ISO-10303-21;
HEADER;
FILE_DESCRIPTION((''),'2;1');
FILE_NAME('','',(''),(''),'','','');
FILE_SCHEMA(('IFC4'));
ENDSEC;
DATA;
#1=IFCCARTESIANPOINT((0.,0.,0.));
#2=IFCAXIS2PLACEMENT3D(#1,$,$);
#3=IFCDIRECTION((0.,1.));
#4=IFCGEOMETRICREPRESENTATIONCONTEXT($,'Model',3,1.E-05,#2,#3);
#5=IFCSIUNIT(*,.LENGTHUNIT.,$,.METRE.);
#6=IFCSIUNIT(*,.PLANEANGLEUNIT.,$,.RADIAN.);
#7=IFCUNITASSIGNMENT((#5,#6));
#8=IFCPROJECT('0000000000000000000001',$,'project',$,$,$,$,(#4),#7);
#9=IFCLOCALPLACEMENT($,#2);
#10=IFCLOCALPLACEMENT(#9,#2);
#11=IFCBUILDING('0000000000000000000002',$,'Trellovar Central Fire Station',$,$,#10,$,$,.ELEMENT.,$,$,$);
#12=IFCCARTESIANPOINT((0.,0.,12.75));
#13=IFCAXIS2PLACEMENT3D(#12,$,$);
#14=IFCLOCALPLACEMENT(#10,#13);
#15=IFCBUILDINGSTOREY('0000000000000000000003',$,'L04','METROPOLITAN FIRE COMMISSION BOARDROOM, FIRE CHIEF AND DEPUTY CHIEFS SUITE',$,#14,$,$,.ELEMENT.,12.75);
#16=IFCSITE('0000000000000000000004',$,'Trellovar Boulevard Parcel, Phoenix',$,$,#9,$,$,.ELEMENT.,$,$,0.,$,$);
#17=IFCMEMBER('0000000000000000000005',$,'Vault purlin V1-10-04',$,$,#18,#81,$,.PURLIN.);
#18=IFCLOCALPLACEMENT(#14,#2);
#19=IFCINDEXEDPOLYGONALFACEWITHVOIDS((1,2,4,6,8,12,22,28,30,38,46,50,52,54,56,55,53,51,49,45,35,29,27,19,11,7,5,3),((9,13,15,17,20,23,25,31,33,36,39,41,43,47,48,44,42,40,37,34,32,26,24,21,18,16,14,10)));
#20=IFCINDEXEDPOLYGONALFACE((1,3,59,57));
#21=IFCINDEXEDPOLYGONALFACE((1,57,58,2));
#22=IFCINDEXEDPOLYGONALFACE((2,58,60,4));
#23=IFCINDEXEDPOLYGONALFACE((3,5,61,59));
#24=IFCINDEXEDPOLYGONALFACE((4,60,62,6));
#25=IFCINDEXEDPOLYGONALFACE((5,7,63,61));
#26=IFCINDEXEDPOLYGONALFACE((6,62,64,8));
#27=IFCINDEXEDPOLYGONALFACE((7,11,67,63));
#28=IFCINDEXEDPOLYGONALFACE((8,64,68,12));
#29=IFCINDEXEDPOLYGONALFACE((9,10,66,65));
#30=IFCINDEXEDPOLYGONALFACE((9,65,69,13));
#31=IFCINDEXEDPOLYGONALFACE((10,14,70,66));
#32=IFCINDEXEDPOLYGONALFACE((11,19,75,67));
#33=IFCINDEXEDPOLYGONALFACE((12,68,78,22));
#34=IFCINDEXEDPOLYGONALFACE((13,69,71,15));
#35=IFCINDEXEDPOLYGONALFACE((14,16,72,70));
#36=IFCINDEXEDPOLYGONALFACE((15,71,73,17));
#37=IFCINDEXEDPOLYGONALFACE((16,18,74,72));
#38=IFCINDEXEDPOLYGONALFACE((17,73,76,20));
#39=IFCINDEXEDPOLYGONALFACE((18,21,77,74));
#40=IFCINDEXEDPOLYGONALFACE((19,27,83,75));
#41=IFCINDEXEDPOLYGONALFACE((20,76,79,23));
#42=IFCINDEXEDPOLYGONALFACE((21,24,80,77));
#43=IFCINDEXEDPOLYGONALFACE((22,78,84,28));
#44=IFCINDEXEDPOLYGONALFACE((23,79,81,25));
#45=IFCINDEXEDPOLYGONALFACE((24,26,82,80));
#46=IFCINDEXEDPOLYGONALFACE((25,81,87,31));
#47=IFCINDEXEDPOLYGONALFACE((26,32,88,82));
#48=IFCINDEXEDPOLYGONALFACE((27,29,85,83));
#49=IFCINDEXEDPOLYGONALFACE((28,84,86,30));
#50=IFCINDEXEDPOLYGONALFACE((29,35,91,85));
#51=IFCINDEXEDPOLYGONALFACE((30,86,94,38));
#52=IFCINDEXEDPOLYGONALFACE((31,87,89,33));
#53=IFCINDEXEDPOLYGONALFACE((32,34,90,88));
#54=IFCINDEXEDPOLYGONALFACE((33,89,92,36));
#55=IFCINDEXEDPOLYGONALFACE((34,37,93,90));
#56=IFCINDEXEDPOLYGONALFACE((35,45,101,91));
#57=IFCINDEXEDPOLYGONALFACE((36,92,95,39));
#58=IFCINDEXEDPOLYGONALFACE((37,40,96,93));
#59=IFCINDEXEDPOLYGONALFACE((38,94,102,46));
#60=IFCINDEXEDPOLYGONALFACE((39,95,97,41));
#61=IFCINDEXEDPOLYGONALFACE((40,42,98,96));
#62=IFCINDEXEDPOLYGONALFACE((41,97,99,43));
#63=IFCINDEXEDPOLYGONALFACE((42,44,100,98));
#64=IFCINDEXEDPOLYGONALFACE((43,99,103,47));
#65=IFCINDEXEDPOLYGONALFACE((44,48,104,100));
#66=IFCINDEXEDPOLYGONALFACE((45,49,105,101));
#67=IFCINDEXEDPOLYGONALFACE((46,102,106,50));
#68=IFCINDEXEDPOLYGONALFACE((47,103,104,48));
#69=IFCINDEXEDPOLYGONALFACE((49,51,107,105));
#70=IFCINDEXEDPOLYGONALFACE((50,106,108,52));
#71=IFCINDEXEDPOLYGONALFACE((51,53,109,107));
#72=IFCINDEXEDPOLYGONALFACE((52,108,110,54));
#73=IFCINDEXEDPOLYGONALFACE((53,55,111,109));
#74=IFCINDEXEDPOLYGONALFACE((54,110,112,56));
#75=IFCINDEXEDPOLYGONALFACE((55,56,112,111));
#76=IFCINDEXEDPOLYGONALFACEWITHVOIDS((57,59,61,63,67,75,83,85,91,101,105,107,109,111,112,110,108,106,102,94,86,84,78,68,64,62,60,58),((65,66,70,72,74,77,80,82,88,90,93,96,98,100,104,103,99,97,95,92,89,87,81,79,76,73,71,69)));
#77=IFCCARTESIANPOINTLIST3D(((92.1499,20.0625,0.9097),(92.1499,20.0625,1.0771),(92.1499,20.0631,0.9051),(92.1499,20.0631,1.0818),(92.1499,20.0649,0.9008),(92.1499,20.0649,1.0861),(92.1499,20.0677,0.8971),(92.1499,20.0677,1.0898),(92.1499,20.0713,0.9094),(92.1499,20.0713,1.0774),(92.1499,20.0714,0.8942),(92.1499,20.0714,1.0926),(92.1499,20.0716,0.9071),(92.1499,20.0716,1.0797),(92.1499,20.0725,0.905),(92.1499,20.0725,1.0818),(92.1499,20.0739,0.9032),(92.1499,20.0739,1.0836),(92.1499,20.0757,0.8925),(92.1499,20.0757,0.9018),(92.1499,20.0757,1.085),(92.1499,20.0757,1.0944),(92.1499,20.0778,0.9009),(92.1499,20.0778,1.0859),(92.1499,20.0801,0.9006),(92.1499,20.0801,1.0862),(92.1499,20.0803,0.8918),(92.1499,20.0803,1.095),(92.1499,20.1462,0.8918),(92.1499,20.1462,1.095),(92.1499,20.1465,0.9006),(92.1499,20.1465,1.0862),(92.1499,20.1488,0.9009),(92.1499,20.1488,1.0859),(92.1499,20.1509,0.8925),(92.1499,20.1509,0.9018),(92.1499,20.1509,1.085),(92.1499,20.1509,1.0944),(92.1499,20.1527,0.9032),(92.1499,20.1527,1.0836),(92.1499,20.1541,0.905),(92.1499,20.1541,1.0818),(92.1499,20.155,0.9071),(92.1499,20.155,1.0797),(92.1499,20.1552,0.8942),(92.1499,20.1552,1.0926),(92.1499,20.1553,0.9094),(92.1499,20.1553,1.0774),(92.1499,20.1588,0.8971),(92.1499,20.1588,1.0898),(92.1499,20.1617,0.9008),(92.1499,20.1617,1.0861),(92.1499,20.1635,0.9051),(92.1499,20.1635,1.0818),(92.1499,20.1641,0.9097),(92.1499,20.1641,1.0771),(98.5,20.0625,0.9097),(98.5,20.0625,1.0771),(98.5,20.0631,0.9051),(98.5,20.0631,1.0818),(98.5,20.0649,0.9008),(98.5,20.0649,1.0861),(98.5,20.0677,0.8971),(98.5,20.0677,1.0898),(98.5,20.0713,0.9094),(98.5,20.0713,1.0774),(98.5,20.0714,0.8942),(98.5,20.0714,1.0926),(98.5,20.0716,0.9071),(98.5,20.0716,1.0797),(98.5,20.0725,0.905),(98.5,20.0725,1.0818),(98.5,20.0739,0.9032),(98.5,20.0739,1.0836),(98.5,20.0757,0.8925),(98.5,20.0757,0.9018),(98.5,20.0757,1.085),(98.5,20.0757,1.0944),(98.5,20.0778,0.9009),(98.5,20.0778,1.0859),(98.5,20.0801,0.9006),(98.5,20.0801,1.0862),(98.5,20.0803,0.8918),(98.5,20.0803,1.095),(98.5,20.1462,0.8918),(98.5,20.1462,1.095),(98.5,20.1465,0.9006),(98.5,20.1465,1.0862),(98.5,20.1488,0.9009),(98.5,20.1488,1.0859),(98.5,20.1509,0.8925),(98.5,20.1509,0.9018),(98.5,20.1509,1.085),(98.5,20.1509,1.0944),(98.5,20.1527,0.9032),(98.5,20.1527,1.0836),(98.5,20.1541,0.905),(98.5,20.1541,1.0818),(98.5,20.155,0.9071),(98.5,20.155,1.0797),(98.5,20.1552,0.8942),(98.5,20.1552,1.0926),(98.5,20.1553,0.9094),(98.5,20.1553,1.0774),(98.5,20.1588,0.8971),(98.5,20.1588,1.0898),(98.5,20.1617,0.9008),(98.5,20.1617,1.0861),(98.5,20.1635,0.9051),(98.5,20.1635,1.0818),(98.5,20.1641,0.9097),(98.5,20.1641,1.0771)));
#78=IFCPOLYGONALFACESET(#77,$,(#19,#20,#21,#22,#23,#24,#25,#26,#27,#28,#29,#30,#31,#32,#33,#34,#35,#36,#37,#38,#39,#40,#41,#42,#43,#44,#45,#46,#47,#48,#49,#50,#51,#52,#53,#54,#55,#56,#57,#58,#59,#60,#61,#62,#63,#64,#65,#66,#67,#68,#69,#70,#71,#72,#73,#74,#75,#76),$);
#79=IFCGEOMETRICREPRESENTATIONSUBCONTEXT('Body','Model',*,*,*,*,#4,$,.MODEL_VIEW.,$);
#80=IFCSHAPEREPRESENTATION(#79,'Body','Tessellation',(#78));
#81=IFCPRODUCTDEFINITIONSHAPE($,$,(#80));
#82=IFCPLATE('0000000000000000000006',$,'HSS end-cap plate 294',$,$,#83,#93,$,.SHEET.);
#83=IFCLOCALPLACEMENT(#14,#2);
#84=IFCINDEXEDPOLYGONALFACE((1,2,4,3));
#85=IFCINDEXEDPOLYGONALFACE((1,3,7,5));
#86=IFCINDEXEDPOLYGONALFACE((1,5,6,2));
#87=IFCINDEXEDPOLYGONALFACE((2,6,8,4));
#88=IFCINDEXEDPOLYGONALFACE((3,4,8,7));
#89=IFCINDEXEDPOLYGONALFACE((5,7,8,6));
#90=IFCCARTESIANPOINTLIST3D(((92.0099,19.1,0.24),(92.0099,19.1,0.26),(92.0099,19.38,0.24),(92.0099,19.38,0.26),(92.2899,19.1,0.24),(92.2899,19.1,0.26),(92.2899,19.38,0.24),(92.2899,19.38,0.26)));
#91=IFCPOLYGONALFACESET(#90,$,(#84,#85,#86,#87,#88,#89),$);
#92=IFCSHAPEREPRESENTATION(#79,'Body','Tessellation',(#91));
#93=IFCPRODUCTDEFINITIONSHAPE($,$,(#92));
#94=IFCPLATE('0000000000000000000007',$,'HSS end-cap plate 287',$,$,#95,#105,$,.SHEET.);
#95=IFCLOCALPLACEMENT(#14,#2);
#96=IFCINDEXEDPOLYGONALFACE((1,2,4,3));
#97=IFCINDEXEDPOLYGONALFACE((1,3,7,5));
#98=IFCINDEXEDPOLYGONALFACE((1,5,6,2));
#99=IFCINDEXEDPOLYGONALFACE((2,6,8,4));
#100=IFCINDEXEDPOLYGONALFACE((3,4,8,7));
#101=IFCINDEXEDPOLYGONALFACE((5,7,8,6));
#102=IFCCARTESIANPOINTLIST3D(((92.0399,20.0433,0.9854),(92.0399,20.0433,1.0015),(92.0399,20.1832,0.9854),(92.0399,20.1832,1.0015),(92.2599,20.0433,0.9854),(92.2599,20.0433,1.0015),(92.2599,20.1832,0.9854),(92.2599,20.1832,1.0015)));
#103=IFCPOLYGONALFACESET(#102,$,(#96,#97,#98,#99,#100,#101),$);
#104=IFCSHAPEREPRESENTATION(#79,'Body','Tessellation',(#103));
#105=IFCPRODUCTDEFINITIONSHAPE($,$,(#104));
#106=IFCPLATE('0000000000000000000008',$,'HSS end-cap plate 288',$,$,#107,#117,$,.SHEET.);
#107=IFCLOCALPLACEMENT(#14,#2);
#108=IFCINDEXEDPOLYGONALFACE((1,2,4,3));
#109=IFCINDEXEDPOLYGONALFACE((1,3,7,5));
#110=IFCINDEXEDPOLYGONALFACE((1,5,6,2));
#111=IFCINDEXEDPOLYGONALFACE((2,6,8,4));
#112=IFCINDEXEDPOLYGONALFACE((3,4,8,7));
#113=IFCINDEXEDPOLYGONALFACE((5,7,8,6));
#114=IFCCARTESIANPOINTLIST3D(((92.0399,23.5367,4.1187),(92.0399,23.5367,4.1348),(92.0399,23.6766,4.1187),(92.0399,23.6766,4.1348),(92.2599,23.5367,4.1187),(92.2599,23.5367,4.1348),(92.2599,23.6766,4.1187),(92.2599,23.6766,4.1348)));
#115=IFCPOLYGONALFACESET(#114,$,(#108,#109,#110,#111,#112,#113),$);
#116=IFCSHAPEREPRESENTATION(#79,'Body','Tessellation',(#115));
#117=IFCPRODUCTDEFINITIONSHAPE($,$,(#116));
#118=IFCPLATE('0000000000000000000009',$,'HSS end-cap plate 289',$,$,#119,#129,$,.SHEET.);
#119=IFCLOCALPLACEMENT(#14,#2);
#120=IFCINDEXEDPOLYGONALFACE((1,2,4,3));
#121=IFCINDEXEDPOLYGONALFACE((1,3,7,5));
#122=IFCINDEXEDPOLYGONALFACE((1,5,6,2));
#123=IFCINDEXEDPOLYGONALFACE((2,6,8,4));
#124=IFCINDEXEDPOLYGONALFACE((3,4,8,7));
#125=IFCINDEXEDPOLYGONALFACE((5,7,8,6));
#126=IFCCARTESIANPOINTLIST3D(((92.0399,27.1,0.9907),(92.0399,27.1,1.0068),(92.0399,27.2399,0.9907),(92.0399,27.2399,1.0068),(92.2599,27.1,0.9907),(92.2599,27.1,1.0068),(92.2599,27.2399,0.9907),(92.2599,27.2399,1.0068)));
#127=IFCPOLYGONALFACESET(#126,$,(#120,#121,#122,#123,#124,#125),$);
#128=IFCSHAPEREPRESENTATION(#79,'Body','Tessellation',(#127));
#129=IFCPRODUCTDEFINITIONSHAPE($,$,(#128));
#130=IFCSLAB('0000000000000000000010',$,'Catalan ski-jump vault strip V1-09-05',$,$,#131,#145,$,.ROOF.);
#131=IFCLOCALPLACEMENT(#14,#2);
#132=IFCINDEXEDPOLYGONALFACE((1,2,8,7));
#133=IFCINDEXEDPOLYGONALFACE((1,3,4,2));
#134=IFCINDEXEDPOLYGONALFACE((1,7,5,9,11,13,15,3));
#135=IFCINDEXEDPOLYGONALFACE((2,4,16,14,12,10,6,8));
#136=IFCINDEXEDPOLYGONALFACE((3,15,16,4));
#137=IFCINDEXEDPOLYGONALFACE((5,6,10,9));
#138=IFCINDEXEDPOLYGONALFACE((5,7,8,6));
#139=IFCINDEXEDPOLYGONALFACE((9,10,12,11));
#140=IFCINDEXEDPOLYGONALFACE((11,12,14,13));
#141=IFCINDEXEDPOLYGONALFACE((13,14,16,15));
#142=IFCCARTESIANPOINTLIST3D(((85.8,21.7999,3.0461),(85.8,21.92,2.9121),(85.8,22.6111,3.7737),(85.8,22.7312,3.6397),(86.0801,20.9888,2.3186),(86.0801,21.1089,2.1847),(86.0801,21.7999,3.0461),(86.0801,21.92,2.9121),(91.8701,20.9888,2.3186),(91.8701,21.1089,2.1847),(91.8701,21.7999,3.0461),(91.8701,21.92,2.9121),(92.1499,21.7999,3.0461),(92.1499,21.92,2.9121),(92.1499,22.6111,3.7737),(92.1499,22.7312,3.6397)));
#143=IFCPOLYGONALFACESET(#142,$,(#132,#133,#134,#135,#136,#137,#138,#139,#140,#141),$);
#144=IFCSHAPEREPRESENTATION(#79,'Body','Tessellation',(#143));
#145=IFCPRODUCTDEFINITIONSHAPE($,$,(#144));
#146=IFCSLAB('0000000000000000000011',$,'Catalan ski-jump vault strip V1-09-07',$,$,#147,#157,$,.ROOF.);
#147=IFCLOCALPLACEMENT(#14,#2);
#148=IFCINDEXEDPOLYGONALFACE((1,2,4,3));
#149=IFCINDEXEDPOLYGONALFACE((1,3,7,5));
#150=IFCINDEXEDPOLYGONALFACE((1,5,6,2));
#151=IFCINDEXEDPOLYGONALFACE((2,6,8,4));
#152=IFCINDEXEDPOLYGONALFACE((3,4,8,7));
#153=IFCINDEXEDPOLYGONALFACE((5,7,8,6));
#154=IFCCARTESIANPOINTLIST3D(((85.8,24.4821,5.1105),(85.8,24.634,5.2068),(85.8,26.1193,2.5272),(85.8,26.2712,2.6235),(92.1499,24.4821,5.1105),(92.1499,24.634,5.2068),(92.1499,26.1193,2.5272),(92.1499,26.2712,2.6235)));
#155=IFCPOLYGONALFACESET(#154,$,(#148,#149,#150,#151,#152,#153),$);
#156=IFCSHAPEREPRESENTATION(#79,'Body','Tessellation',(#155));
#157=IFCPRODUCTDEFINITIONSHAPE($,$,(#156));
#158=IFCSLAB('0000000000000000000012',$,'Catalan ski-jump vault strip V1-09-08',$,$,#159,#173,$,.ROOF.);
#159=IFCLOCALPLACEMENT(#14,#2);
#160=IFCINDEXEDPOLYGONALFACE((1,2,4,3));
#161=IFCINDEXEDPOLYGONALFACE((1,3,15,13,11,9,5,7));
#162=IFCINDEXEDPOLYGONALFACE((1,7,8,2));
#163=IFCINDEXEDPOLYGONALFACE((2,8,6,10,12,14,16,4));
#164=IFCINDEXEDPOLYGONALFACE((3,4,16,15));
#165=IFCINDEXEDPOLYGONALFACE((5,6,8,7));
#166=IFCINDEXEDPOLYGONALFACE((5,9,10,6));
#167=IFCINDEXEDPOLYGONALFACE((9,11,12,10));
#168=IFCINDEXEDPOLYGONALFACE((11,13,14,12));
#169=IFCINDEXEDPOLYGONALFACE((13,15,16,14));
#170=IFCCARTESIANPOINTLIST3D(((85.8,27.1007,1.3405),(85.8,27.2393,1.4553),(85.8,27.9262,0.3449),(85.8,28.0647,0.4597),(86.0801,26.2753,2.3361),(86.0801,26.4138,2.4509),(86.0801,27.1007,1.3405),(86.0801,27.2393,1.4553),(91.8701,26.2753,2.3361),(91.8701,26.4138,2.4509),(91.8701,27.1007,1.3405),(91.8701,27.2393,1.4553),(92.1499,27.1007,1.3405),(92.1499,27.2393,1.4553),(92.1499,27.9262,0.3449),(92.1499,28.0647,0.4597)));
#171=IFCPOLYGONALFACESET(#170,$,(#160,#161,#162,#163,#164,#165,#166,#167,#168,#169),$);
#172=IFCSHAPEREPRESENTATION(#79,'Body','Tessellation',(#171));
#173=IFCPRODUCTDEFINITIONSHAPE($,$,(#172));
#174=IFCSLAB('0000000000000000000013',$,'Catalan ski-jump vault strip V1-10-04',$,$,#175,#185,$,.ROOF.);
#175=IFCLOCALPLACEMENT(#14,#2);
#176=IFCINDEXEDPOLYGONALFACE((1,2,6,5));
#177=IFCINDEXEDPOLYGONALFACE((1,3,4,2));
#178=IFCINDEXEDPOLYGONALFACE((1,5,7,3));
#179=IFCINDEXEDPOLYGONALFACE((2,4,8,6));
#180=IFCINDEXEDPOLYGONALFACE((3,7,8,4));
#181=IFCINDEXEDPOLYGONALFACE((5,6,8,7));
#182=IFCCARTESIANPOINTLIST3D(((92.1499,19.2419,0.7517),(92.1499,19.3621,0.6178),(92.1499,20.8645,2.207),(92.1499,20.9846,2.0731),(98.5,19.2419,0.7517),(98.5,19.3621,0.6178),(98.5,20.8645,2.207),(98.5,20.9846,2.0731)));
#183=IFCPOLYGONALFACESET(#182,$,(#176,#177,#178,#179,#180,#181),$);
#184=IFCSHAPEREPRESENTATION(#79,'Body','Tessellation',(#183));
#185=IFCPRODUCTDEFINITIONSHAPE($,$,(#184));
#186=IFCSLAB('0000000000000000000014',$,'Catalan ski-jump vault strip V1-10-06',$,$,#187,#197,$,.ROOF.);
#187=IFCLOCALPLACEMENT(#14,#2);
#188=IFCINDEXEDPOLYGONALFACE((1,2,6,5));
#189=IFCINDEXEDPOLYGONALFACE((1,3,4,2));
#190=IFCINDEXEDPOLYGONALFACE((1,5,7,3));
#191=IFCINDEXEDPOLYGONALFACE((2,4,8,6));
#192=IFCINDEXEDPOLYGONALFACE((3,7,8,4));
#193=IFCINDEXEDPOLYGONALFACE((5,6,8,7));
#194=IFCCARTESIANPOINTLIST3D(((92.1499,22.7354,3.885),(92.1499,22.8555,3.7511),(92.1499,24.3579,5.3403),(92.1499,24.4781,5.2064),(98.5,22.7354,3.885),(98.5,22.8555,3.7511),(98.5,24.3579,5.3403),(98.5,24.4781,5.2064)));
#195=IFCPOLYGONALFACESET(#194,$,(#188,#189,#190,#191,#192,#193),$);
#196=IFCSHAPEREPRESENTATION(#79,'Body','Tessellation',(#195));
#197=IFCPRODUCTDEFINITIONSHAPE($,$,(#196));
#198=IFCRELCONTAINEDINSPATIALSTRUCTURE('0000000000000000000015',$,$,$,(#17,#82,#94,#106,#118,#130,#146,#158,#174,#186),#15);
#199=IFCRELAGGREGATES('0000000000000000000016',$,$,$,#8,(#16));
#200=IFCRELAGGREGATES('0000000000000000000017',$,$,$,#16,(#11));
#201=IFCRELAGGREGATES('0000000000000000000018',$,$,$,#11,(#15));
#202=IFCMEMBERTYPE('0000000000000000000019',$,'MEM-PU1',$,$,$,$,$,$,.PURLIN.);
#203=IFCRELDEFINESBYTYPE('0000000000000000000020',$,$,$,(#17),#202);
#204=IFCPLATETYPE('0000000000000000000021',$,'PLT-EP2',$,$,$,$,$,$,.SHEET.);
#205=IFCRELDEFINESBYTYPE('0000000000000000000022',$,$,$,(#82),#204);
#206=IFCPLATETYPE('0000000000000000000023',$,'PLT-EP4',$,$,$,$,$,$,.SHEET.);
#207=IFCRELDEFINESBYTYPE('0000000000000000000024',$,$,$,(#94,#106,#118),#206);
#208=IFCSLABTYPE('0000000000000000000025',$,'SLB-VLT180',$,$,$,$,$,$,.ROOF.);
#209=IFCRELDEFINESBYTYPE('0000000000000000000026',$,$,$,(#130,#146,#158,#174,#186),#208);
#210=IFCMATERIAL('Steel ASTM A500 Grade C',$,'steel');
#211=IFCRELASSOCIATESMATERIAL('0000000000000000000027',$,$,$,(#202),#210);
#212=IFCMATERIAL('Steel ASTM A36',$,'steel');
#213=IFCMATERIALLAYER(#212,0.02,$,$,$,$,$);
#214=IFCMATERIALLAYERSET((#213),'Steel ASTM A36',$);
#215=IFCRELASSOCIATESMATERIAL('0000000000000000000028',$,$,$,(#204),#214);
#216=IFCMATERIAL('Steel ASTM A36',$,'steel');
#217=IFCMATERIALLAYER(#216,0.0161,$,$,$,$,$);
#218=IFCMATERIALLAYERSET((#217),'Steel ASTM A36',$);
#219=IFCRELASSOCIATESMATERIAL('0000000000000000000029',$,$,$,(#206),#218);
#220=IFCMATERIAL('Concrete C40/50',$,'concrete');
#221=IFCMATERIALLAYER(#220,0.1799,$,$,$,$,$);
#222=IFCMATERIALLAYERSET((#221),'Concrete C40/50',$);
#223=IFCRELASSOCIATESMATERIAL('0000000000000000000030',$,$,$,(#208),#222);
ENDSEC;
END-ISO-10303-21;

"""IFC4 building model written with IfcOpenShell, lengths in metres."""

from ifc_helpers import new_model, si_unit, direction, frame, origin, origin_2d, place, context, subcontext, project, spatial, polyline, rectangle, hollow_rectangle, outline, extrude, material, layer, layer_set, material_profile, profile_set, type_object, element, save


model = new_model("IFC4")

# Units and contexts
model_context = context("Model", 3, precision=1e-05, world=origin(), true_north=direction((0.0, 1.0)))
body_context = subcontext(model_context, "Body", "Model", "MODEL_VIEW")
ifc_project = project(units=[si_unit("LENGTHUNIT", "METRE"), si_unit("PLANEANGLEUNIT", "RADIAN")], contexts=[model_context])

# Site, building, storey
site_placement = place(None, origin())
site = spatial("IfcSite", under=ifc_project, at=site_placement, Name="Trellovar Boulevard Parcel, Phoenix", CompositionType="ELEMENT", RefElevation=0.0)
building_placement = place(site_placement, origin())
building = spatial("IfcBuilding", under=site, at=building_placement, Name="Trellovar Central Fire Station", CompositionType="ELEMENT")
storey_placement = place(building_placement, frame((0.0, 0.0, 12.75)))
storey = spatial("IfcBuildingStorey", under=building, at=storey_placement, Name="L04", Description="METROPOLITAN FIRE COMMISSION BOARDROOM, FIRE CHIEF AND DEPUTY CHIEFS SUITE", CompositionType="ELEMENT", Elevation=12.75)

# Member
ifc_material_1 = material(Name="Steel ASTM A500 Grade C", Category="steel")
ifc_material_profile_1 = material_profile(ifc_material_1, hollow_rectangle(XDim=0.1016, YDim=0.2031, WallThickness=0.0088, InnerFilletRadius=0.0088, OuterFilletRadius=0.0178, at=origin_2d()), Name="HSS8X4X3/8")
ifc_profile_set_1 = profile_set([ifc_material_profile_1], Name="Steel ASTM A500 Grade C")
member_type_1 = type_object("IfcMemberType", Name="MEM-PU1", PredefinedType="PURLIN", material=ifc_profile_set_1)
member_1_placement = place(storey_placement, frame((92.1499, 20.1133, 0.9934), z_axis=(1.0, 0.0, 0.0), x_axis=(0.0, 1.0, 0.0)))
element("IfcMember", 1, at=member_1_placement, inside=storey, type_object=member_type_1, Name="Vault purlin V1-10-04", PredefinedType="PURLIN", context=body_context, shape_type="SweptSolid", body=[
    extrude(hollow_rectangle(XDim=0.1016, YDim=0.2031, WallThickness=0.0088, InnerFilletRadius=0.0088, OuterFilletRadius=0.0178, at=origin_2d()), origin(), (0.0, 0.0, 1.0), 6.3501),
])

# Plates
ifc_material_2 = material(Name="Steel ASTM A36", Category="steel")
ifc_layer_1 = layer(ifc_material_2, 0.02)
ifc_layer_set_1 = layer_set([ifc_layer_1], Name="Steel ASTM A36")
plate_type_1 = type_object("IfcPlateType", Name="PLT-EP2", PredefinedType="SHEET", material=ifc_layer_set_1)
plate_placement = place(storey_placement, frame((92.1499, 19.24, 0.24), z_axis=(0.0, 0.0, 1.0), x_axis=(1.0, 0.0, 0.0)))
element("IfcPlate", 2, at=plate_placement, inside=storey, type_object=plate_type_1, Name="HSS end-cap plate 294", PredefinedType="SHEET", context=body_context, shape_type="SweptSolid", body=[
    extrude(rectangle(XDim=0.28, YDim=0.28, at=origin_2d()), origin(), (0.0, 0.0, 1.0), 0.02),
])
ifc_material_3 = material(Name="Steel ASTM A36", Category="steel")
ifc_layer_2 = layer(ifc_material_3, 0.0161)
ifc_layer_set_2 = layer_set([ifc_layer_2], Name="Steel ASTM A36")
plate_type_2 = type_object("IfcPlateType", Name="PLT-EP4", PredefinedType="SHEET", material=ifc_layer_set_2)
for number, where, z_axis, x_axis, name in (
    (3, (92.1499, 20.1133, 0.9854), (0.0, 0.0, 1.0), (1.0, 0.0, 0.0), "HSS end-cap plate 287"),
    (4, (92.1499, 23.6067, 4.1187), (0.0, 0.0, 1.0), (1.0, 0.0, 0.0), "HSS end-cap plate 288"),
    (5, (92.1499, 27.1699, 0.9907), (0.0, 0.0, 1.0), (1.0, 0.0, 0.0), "HSS end-cap plate 289"),
):
    element("IfcPlate", number, at=place(storey_placement, frame(where, z_axis=z_axis, x_axis=x_axis)), inside=storey, type_object=plate_type_2, Name=name, PredefinedType="SHEET", context=body_context, shape_type="SweptSolid", body=[
        extrude(rectangle(XDim=0.22, YDim=0.1399, at=origin_2d()), origin(), (0.0, 0.0, 1.0), 0.0161),
    ])

# Slabs
ifc_material_4 = material(Name="Concrete C40/50", Category="concrete")
ifc_layer_3 = layer(ifc_material_4, 0.1799)
ifc_layer_set_3 = layer_set([ifc_layer_3], Name="Concrete C40/50")
slab_type = type_object("IfcSlabType", Name="SLB-VLT180", PredefinedType="ROOF", material=ifc_layer_set_3)
slab_1_placement = place(storey_placement, frame((86.0801, 20.9888, 2.3186), z_axis=(0.0, -0.667692, 0.744437), x_axis=(1.0, 0.0, 0.0)))
element("IfcSlab", 6, at=slab_1_placement, inside=storey, type_object=slab_type, Name="Catalan ski-jump vault strip V1-09-05", PredefinedType="ROOF", context=body_context, shape_type="SweptSolid", body=[
    extrude(outline(polyline([(0.0, 0.0), (5.79, 0.0), (5.79, 1.0895), (6.0698, 1.0895), (6.0698, 2.1793), (-0.28, 2.1793), (-0.28, 1.0895), (0.0, 1.0895), (0.0, 0.0)])), origin(), (0.0, 0.0, -1.0), 0.1799),
])
slab_2_placement = place(storey_placement, frame((85.8, 24.634, 5.2068), z_axis=(0.0, 0.844649, 0.53532), x_axis=(1.0, 0.0, 0.0)))
element("IfcSlab", 7, at=slab_2_placement, inside=storey, type_object=slab_type, Name="Catalan ski-jump vault strip V1-09-07", PredefinedType="ROOF", context=body_context, shape_type="SweptSolid", body=[
    extrude(outline(polyline([(0.0, 0.0), (6.3499, 0.0), (6.3499, 3.0584), (0.0, 3.0584), (0.0, 0.0)])), origin(), (0.0, 0.0, -1.0), 0.1799),
])
slab_3_placement = place(storey_placement, frame((86.0801, 26.4138, 2.4509), z_axis=(0.0, 0.769828, 0.638251), x_axis=(1.0, 0.0, 0.0)))
element("IfcSlab", 8, at=slab_3_placement, inside=storey, type_object=slab_type, Name="Catalan ski-jump vault strip V1-09-08", PredefinedType="ROOF", context=body_context, shape_type="SweptSolid", body=[
    extrude(outline(polyline([(0.0, 0.0), (5.79, 0.0), (5.79, 1.2933), (6.0698, 1.2933), (6.0698, 2.5866), (-0.28, 2.5866), (-0.28, 1.2933), (0.0, 1.2933), (0.0, 0.0)])), origin(), (0.0, 0.0, -1.0), 0.1799),
])
for number, where, z_axis, x_axis, name in (
    (9, (92.1499, 19.2419, 0.7517), (0.0, -0.667701, 0.744429), (1.0, 0.0, 0.0), "Catalan ski-jump vault strip V1-10-04"),
    (10, (92.1499, 22.7354, 3.885), (0.0, -0.667701, 0.744429), (1.0, 0.0, 0.0), "Catalan ski-jump vault strip V1-10-06"),
):
    element("IfcSlab", number, at=place(storey_placement, frame(where, z_axis=z_axis, x_axis=x_axis)), inside=storey, type_object=slab_type, Name=name, PredefinedType="ROOF", context=body_context, shape_type="SweptSolid", body=[
        extrude(outline(polyline([(0.0, 0.0), (6.3501, 0.0), (6.3501, 2.1796), (0.0, 2.1796), (0.0, 0.0)])), origin(), (0.0, 0.0, -1.0), 0.1799),
    ])

save(model, "model.ifc")
